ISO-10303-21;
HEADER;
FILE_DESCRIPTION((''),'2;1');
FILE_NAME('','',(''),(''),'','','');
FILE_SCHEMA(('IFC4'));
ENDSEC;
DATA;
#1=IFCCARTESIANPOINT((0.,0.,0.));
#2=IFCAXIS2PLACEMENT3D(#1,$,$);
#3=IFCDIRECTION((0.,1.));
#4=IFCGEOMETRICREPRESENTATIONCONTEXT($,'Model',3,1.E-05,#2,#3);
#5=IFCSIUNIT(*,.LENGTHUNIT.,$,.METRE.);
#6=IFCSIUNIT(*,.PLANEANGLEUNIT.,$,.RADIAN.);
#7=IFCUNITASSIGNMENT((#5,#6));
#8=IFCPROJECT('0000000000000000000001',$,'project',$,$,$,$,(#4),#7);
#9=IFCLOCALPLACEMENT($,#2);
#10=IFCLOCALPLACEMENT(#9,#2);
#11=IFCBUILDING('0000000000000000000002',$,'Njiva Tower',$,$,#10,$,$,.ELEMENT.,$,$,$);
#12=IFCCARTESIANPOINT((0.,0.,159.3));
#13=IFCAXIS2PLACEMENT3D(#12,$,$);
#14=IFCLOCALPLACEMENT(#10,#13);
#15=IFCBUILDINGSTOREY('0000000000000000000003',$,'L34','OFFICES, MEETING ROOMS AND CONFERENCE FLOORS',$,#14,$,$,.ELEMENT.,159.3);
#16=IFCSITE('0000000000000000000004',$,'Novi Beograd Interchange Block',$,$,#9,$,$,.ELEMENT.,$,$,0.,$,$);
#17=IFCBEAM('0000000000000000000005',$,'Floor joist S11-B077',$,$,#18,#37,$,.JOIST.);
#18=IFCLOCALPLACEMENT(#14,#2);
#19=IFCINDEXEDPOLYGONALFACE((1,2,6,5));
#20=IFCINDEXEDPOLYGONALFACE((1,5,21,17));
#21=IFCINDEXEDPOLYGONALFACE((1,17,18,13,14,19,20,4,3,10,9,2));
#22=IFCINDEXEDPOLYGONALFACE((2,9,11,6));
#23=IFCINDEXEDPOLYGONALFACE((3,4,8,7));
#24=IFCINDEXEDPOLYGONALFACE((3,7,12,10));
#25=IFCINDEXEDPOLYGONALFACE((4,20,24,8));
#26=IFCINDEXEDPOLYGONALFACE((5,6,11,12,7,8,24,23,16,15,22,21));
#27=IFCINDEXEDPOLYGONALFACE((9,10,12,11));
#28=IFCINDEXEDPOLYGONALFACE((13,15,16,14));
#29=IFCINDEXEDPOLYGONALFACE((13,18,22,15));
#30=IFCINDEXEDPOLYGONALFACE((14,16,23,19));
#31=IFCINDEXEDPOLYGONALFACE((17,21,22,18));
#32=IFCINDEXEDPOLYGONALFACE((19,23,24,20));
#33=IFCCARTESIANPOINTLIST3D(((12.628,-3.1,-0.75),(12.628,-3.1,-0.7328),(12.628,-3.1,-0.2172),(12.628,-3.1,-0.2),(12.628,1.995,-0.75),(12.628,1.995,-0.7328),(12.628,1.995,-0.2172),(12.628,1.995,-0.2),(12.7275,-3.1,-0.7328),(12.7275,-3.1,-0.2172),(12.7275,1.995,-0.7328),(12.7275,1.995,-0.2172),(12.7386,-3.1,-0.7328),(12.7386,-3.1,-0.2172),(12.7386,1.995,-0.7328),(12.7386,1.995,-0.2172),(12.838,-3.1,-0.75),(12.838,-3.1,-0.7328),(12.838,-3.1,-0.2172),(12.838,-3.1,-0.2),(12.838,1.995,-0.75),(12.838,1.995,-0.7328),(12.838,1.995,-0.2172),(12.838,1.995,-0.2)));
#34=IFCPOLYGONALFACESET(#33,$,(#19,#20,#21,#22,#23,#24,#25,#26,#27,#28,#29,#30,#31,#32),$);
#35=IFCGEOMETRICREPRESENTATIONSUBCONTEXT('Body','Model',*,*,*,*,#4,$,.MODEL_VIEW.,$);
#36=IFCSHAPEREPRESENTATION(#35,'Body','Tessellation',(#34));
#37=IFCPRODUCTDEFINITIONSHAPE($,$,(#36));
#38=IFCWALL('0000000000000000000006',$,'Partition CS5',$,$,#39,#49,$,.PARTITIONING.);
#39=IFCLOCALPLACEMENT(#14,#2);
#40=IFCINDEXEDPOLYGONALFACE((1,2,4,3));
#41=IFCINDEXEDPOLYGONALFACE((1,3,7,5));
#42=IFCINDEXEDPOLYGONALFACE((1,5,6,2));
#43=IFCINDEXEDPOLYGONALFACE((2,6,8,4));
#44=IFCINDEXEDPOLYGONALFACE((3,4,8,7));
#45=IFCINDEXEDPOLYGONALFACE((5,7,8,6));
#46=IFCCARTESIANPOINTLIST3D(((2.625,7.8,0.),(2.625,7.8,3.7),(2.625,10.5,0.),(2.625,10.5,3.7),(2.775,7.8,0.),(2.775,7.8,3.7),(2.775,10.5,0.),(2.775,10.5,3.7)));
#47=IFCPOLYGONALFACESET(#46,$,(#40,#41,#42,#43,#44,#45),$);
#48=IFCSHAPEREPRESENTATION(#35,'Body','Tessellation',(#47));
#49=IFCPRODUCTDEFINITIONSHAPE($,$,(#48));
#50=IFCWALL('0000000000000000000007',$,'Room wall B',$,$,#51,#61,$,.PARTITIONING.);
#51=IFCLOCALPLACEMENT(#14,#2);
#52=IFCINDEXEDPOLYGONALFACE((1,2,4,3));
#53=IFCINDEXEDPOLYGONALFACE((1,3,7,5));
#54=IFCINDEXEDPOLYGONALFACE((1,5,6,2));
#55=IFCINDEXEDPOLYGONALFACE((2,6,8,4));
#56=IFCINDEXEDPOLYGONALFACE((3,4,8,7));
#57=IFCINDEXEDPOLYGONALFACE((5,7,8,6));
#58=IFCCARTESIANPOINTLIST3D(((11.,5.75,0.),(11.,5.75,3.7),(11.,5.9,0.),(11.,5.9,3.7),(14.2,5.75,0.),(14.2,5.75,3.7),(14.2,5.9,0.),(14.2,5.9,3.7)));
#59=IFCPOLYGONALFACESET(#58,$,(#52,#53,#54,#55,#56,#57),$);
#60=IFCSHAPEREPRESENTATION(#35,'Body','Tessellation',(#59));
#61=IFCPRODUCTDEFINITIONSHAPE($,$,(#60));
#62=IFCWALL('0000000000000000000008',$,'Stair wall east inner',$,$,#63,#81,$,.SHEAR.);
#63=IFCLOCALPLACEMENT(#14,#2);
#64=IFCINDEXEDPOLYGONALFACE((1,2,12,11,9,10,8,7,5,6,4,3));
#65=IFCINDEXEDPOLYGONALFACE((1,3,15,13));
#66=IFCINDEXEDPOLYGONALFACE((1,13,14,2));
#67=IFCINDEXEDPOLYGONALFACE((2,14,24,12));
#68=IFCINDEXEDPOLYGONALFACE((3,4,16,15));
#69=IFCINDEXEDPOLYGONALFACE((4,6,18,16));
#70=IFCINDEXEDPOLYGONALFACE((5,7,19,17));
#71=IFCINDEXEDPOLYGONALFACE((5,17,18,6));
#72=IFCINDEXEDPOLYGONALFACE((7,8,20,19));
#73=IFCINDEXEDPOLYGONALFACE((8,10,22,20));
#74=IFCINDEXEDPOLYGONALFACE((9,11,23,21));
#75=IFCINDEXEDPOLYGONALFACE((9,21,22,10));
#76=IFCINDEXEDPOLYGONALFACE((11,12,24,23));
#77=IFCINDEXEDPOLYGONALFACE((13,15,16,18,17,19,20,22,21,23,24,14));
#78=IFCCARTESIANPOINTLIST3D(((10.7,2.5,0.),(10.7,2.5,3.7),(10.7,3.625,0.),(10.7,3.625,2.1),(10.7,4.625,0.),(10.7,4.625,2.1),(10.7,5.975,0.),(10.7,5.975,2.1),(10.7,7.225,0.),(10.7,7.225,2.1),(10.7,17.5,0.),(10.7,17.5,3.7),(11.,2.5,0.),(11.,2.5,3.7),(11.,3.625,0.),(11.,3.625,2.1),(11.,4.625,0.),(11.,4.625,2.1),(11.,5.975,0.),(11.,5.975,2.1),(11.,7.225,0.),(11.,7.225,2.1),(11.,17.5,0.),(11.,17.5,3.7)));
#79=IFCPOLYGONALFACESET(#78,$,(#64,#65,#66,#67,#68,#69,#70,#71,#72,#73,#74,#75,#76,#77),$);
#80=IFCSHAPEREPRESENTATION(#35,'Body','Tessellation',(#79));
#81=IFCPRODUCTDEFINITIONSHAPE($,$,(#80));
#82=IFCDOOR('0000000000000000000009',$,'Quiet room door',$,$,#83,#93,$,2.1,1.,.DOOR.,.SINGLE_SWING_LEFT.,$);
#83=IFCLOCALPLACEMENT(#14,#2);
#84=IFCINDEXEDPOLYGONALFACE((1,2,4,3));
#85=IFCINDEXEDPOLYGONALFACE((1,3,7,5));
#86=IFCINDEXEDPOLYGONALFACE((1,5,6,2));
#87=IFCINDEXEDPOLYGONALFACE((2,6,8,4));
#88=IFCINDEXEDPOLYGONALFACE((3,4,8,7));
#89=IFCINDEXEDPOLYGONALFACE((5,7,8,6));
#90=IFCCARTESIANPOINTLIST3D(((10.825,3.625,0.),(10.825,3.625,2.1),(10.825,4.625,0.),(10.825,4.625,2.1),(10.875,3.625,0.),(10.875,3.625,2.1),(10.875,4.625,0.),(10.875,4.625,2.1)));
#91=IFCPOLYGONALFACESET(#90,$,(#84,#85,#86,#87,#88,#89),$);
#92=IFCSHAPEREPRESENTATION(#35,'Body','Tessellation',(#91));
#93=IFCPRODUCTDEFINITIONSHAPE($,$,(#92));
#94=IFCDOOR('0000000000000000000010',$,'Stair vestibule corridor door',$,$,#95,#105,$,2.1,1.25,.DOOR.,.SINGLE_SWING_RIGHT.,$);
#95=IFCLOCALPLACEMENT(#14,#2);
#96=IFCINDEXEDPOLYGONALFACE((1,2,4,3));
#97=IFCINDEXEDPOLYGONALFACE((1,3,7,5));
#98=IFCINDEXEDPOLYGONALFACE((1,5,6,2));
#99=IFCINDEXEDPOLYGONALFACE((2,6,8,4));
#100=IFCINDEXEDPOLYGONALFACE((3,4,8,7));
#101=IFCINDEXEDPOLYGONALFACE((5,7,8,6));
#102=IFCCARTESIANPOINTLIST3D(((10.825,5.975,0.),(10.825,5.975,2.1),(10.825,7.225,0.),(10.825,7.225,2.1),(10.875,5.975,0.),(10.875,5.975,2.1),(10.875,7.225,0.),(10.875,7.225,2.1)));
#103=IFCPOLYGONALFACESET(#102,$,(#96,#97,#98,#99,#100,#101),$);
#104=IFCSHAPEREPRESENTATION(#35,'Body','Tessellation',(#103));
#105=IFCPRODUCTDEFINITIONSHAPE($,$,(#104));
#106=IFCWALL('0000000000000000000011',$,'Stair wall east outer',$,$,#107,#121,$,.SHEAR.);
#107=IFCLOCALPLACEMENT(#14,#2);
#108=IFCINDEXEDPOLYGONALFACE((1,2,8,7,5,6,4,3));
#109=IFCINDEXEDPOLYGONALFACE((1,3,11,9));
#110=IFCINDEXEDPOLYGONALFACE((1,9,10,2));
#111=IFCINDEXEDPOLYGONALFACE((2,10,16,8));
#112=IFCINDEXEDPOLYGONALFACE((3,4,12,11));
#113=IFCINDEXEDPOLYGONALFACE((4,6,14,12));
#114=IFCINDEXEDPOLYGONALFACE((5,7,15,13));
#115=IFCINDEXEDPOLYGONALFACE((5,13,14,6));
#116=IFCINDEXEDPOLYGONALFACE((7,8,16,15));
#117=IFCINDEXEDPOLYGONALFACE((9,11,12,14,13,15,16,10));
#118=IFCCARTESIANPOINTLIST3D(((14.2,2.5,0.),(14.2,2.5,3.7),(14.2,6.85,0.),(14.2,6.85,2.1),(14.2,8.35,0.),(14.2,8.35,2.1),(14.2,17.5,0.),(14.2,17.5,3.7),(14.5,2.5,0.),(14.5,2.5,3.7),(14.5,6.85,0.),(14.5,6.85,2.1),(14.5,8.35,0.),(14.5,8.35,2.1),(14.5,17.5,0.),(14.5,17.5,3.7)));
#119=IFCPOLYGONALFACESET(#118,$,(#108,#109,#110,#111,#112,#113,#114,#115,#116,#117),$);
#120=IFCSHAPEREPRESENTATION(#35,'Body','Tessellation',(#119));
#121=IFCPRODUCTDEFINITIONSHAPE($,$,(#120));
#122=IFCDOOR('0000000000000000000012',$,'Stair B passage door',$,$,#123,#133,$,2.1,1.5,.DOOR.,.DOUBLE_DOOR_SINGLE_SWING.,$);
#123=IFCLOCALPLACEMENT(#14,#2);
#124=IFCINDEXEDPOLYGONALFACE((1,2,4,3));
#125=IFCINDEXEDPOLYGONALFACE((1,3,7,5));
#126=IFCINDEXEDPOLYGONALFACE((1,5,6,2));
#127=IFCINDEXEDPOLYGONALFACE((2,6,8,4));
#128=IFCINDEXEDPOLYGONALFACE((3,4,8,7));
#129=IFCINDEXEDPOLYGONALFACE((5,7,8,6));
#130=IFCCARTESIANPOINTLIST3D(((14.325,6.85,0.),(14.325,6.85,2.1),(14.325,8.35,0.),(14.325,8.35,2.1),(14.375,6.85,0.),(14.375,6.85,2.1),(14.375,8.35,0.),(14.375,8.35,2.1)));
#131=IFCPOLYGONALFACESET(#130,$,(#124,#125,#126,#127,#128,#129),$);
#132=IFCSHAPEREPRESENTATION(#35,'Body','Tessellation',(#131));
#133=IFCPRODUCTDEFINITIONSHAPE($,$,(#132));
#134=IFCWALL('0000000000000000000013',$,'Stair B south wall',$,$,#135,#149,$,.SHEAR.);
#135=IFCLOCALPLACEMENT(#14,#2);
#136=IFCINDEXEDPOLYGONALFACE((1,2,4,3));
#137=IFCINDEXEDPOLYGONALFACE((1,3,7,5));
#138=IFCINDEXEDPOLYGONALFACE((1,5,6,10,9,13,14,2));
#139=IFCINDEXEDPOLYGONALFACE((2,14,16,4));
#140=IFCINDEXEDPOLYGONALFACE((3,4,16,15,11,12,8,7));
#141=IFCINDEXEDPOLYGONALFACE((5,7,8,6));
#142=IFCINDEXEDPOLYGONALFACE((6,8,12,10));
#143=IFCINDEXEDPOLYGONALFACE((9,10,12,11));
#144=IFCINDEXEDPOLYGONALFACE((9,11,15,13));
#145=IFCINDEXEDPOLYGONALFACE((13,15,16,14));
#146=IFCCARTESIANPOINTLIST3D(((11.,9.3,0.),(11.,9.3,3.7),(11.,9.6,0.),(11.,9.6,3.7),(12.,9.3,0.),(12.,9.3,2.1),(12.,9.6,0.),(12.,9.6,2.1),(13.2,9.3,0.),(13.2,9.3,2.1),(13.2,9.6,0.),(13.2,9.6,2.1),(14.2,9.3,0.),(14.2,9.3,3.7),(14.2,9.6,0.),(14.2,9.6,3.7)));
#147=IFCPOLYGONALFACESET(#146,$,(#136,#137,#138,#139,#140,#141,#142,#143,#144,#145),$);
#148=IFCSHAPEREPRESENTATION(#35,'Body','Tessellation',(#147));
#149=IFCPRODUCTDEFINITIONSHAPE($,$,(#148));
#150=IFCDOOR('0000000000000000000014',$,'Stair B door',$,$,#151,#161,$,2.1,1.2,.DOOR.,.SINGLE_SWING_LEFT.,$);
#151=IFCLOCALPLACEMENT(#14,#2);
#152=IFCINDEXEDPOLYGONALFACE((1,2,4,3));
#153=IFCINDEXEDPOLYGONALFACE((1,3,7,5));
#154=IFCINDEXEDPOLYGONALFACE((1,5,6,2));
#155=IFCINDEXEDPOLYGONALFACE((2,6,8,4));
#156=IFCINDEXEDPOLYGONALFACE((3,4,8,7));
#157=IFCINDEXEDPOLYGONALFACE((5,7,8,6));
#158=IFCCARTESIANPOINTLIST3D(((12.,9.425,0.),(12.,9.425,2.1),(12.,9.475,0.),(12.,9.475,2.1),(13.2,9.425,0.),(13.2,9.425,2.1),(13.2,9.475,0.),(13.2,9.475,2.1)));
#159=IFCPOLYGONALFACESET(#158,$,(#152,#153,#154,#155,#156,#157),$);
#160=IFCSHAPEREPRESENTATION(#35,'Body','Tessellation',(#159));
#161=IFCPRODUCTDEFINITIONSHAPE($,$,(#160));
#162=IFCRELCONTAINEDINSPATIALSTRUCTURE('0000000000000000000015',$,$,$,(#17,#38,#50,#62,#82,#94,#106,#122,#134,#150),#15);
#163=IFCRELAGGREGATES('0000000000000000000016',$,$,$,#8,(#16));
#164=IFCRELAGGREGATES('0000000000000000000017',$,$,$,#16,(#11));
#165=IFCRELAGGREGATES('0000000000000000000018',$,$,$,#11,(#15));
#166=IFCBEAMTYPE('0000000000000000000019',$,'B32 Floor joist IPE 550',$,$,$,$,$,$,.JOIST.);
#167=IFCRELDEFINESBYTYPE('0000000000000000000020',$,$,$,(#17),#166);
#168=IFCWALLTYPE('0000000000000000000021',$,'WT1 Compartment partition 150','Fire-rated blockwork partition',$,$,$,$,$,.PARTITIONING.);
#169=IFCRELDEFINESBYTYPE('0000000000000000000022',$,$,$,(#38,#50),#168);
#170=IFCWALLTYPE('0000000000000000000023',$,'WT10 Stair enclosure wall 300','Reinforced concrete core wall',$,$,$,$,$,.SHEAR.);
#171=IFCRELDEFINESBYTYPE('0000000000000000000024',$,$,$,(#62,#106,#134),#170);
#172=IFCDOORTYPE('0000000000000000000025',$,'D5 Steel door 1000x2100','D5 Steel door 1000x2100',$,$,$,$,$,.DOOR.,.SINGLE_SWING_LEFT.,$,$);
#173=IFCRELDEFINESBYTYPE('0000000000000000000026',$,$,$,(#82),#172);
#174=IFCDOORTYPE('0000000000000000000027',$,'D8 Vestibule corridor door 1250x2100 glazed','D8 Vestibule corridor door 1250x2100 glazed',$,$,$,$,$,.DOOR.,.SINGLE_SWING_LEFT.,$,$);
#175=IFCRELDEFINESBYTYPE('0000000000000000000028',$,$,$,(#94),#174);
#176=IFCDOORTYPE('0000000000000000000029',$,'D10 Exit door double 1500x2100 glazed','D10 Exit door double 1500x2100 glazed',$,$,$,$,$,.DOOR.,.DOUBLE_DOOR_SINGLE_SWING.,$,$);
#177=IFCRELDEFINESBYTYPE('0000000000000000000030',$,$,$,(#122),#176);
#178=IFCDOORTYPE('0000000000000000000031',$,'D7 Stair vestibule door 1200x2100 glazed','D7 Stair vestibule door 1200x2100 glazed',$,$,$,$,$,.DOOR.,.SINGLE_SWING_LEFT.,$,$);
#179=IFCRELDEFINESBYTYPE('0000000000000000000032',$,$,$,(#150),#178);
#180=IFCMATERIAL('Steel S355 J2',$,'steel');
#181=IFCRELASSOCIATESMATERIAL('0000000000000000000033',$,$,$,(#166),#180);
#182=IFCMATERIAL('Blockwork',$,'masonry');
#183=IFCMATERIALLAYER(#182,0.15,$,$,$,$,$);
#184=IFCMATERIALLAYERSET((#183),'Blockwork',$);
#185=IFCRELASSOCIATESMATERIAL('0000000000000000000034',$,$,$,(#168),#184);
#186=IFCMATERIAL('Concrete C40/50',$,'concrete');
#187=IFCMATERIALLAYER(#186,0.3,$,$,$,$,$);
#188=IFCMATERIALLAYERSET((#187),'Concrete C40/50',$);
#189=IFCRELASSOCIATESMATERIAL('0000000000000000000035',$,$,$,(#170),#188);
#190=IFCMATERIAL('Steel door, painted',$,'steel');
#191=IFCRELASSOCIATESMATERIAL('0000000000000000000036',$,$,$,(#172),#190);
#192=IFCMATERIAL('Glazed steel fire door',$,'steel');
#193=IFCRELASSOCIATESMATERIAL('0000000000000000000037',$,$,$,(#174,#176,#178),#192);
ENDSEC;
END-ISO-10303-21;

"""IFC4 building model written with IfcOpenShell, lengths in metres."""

from ifc_helpers import new_model, si_unit, direction, frame, frame_2d, origin, origin_2d, place, context, subcontext, project, spatial, rectangle, i_section, extrude, material, layer, layer_set, material_profile, profile_set, type_object, element, fill, save


model = new_model("IFC4")

# Units and contexts
model_context = context("Model", 3, precision=1e-05, world=origin(), true_north=direction((0.0, 1.0)))
body_context = subcontext(model_context, "Body", "Model", "MODEL_VIEW")
ifc_project = project(units=[si_unit("LENGTHUNIT", "METRE"), si_unit("PLANEANGLEUNIT", "RADIAN")], contexts=[model_context])

# Site, building, storey
site_placement = place(None, origin())
site = spatial("IfcSite", under=ifc_project, at=site_placement, Name="Novi Beograd Interchange Block", CompositionType="ELEMENT", RefElevation=0.0)
building_placement = place(site_placement, origin())
building = spatial("IfcBuilding", under=site, at=building_placement, Name="Njiva Tower", CompositionType="ELEMENT")
storey_placement = place(building_placement, frame((0.0, 0.0, 159.3)))
storey = spatial("IfcBuildingStorey", under=building, at=storey_placement, Name="L34", Description="OFFICES, MEETING ROOMS AND CONFERENCE FLOORS", CompositionType="ELEMENT", Elevation=159.3)

# Shared definitions
ifc_material_1 = material(Name="Steel S355 J2", Category="steel")

# Beam
ifc_material_profile_1 = material_profile(ifc_material_1, i_section(OverallWidth=0.21, OverallDepth=0.55, WebThickness=0.0111, FlangeThickness=0.0172, at=origin_2d()), Name="IPE 550")
ifc_profile_set_1 = profile_set([ifc_material_profile_1], Name="Steel S355 J2")
beam_type_1 = type_object("IfcBeamType", Name="B32 Floor joist IPE 550", PredefinedType="JOIST", material=ifc_profile_set_1)
for number, where, z_axis, x_axis, name in (
    (1, (12.733, 1.995, -0.475), (0.0, -1.0, 0.0), (1.0, 0.0, 0.0), "Floor joist S11-B077"),
):
    element("IfcBeam", number, at=place(storey_placement, frame(where, z_axis=z_axis, x_axis=x_axis)), inside=storey, type_object=beam_type_1, Name=name, PredefinedType="JOIST", context=body_context, shape_type="SweptSolid", body=[
        extrude(i_section(OverallWidth=0.21, OverallDepth=0.55, WebThickness=0.0111, FlangeThickness=0.0172, at=origin_2d()), origin(), (0.0, 0.0, 1.0), 5.095),
    ])

# Walls
ifc_material_2 = material(Name="Blockwork", Category="masonry")
ifc_layer_1 = layer(ifc_material_2, 0.15)
ifc_layer_set_1 = layer_set([ifc_layer_1], Name="Blockwork")
wall_type_1 = type_object("IfcWallType", Name="WT1 Compartment partition 150", Description="Fire-rated blockwork partition", PredefinedType="PARTITIONING", material=ifc_layer_set_1)
wall_1_placement = place(storey_placement, frame((2.7, 7.8, 0.0), z_axis=(0.0, 0.0, 1.0), x_axis=(0.0, 1.0, 0.0)))
element("IfcWall", 2, at=wall_1_placement, inside=storey, type_object=wall_type_1, Name="Partition CS5", PredefinedType="PARTITIONING", context=body_context, shape_type="SweptSolid", body=[
    extrude(rectangle(XDim=2.7, YDim=0.15, at=frame_2d((1.35, 0.0))), origin(), (0.0, 0.0, 1.0), 3.7),
])
wall_2_placement = place(storey_placement, frame((11.0, 5.825, 0.0), z_axis=(0.0, 0.0, 1.0), x_axis=(1.0, 0.0, 0.0)))
element("IfcWall", 3, at=wall_2_placement, inside=storey, type_object=wall_type_1, Name="Room wall B", PredefinedType="PARTITIONING", context=body_context, shape_type="SweptSolid", body=[
    extrude(rectangle(XDim=3.2, YDim=0.15, at=frame_2d((1.6, 0.0))), origin(), (0.0, 0.0, 1.0), 3.7),
])

# Wall, openings, doors
ifc_material_3 = material(Name="Concrete C40/50", Category="concrete")
ifc_layer_2 = layer(ifc_material_3, 0.3)
ifc_layer_set_2 = layer_set([ifc_layer_2], Name="Concrete C40/50")
wall_type_2 = type_object("IfcWallType", Name="WT10 Stair enclosure wall 300", Description="Reinforced concrete core wall", PredefinedType="SHEAR", material=ifc_layer_set_2)
wall_3_placement = place(storey_placement, frame((10.85, 2.5, 0.0), z_axis=(0.0, 0.0, 1.0), x_axis=(0.0, 1.0, 0.0)))
wall_3 = element("IfcWall", 4, at=wall_3_placement, inside=storey, type_object=wall_type_2, Name="Stair wall east inner", PredefinedType="SHEAR", context=body_context, shape_type="SweptSolid", body=[
    extrude(rectangle(XDim=15.0, YDim=0.3, at=frame_2d((7.5, 0.0))), origin(), (0.0, 0.0, 1.0), 3.7),
])
opening_1_placement = place(wall_3_placement, frame((3.475, 0.0, 0.0)))
opening_1 = element("IfcOpeningElement", 5, at=opening_1_placement, cuts=wall_3, PredefinedType="OPENING", context=body_context, shape_type="SweptSolid", body=[
    extrude(rectangle(XDim=1.25, YDim=2.1, at=frame_2d((0.625, 1.05))), frame((0.0, 0.16, 0.0), z_axis=(0.0, -1.0, 0.0), x_axis=(1.0, 0.0, 0.0)), (0.0, 0.0, 1.0), 0.32),
])
opening_2_placement = place(wall_3_placement, frame((1.125, 0.0, 0.0)))
opening_2 = element("IfcOpeningElement", 6, at=opening_2_placement, cuts=wall_3, PredefinedType="OPENING", context=body_context, shape_type="SweptSolid", body=[
    extrude(rectangle(XDim=1.0, YDim=2.1, at=frame_2d((0.5, 1.05))), frame((0.0, 0.16, 0.0), z_axis=(0.0, -1.0, 0.0), x_axis=(1.0, 0.0, 0.0)), (0.0, 0.0, 1.0), 0.32),
])
ifc_material_4 = material(Name="Steel door, painted", Category="steel")
door_type_1 = type_object("IfcDoorType", Name="D5 Steel door 1000x2100", Description="D5 Steel door 1000x2100", OperationType="SINGLE_SWING_LEFT", PredefinedType="DOOR", material=ifc_material_4)
door_1_placement = place(opening_2_placement, origin())
door_1 = element("IfcDoor", 7, at=door_1_placement, inside=storey, type_object=door_type_1, Name="Quiet room door", OperationType="SINGLE_SWING_LEFT", OverallHeight=2.1, OverallWidth=1.0, PredefinedType="DOOR", context=body_context, shape_type="SweptSolid", body=[
    extrude(rectangle(XDim=1.0, YDim=2.1, at=frame_2d((0.5, 1.05))), frame((0.0, 0.025, 0.0), z_axis=(0.0, -1.0, 0.0), x_axis=(1.0, 0.0, 0.0)), (0.0, 0.0, 1.0), 0.05),
])
fill(opening_2, door_1)
ifc_material_5 = material(Name="Glazed steel fire door", Category="steel")
door_type_2 = type_object("IfcDoorType", Name="D8 Vestibule corridor door 1250x2100 glazed", Description="D8 Vestibule corridor door 1250x2100 glazed", OperationType="SINGLE_SWING_LEFT", PredefinedType="DOOR", material=ifc_material_5)
door_2_placement = place(opening_1_placement, origin())
door_2 = element("IfcDoor", 8, at=door_2_placement, inside=storey, type_object=door_type_2, Name="Stair vestibule corridor door", OperationType="SINGLE_SWING_RIGHT", OverallHeight=2.1, OverallWidth=1.25, PredefinedType="DOOR", context=body_context, shape_type="SweptSolid", body=[
    extrude(rectangle(XDim=1.25, YDim=2.1, at=frame_2d((0.625, 1.05))), frame((0.0, 0.025, 0.0), z_axis=(0.0, -1.0, 0.0), x_axis=(1.0, 0.0, 0.0)), (0.0, 0.0, 1.0), 0.05),
])
fill(opening_1, door_2)

# Walls, openings, doors
wall_4_placement = place(storey_placement, frame((14.35, 2.5, 0.0), z_axis=(0.0, 0.0, 1.0), x_axis=(0.0, 1.0, 0.0)))
wall_4 = element("IfcWall", 9, at=wall_4_placement, inside=storey, type_object=wall_type_2, Name="Stair wall east outer", PredefinedType="SHEAR", context=body_context, shape_type="SweptSolid", body=[
    extrude(rectangle(XDim=15.0, YDim=0.3, at=frame_2d((7.5, 0.0))), origin(), (0.0, 0.0, 1.0), 3.7),
])
opening_3_placement = place(wall_4_placement, frame((4.35, 0.0, 0.0)))
opening_3 = element("IfcOpeningElement", 10, at=opening_3_placement, cuts=wall_4, PredefinedType="OPENING", context=body_context, shape_type="SweptSolid", body=[
    extrude(rectangle(XDim=1.5, YDim=2.1, at=frame_2d((0.75, 1.05))), frame((0.0, 0.16, 0.0), z_axis=(0.0, -1.0, 0.0), x_axis=(1.0, 0.0, 0.0)), (0.0, 0.0, 1.0), 0.32),
])
door_type_3 = type_object("IfcDoorType", Name="D10 Exit door double 1500x2100 glazed", Description="D10 Exit door double 1500x2100 glazed", OperationType="DOUBLE_DOOR_SINGLE_SWING", PredefinedType="DOOR", material=ifc_material_5)
door_3_placement = place(opening_3_placement, origin())
door_3 = element("IfcDoor", 11, at=door_3_placement, inside=storey, type_object=door_type_3, Name="Stair B passage door", OperationType="DOUBLE_DOOR_SINGLE_SWING", OverallHeight=2.1, OverallWidth=1.5, PredefinedType="DOOR", context=body_context, shape_type="SweptSolid", body=[
    extrude(rectangle(XDim=1.5, YDim=2.1, at=frame_2d((0.75, 1.05))), frame((0.0, 0.025, 0.0), z_axis=(0.0, -1.0, 0.0), x_axis=(1.0, 0.0, 0.0)), (0.0, 0.0, 1.0), 0.05),
])
fill(opening_3, door_3)
wall_5_placement = place(storey_placement, frame((11.0, 9.45, 0.0), z_axis=(0.0, 0.0, 1.0), x_axis=(1.0, 0.0, 0.0)))
wall_5 = element("IfcWall", 12, at=wall_5_placement, inside=storey, type_object=wall_type_2, Name="Stair B south wall", PredefinedType="SHEAR", context=body_context, shape_type="SweptSolid", body=[
    extrude(rectangle(XDim=3.2, YDim=0.3, at=frame_2d((1.6, 0.0))), origin(), (0.0, 0.0, 1.0), 3.7),
])
opening_4_placement = place(wall_5_placement, frame((1.0, 0.0, 0.0)))
opening_4 = element("IfcOpeningElement", 13, at=opening_4_placement, cuts=wall_5, PredefinedType="OPENING", context=body_context, shape_type="SweptSolid", body=[
    extrude(rectangle(XDim=1.2, YDim=2.1, at=frame_2d((0.6, 1.05))), frame((0.0, 0.16, 0.0), z_axis=(0.0, -1.0, 0.0), x_axis=(1.0, 0.0, 0.0)), (0.0, 0.0, 1.0), 0.32),
])
door_type_4 = type_object("IfcDoorType", Name="D7 Stair vestibule door 1200x2100 glazed", Description="D7 Stair vestibule door 1200x2100 glazed", OperationType="SINGLE_SWING_LEFT", PredefinedType="DOOR", material=ifc_material_5)
door_4_placement = place(opening_4_placement, origin())
door_4 = element("IfcDoor", 14, at=door_4_placement, inside=storey, type_object=door_type_4, Name="Stair B door", OperationType="SINGLE_SWING_LEFT", OverallHeight=2.1, OverallWidth=1.2, PredefinedType="DOOR", context=body_context, shape_type="SweptSolid", body=[
    extrude(rectangle(XDim=1.2, YDim=2.1, at=frame_2d((0.6, 1.05))), frame((0.0, 0.025, 0.0), z_axis=(0.0, -1.0, 0.0), x_axis=(1.0, 0.0, 0.0)), (0.0, 0.0, 1.0), 0.05),
])
fill(opening_4, door_4)

save(model, "model.ifc")
